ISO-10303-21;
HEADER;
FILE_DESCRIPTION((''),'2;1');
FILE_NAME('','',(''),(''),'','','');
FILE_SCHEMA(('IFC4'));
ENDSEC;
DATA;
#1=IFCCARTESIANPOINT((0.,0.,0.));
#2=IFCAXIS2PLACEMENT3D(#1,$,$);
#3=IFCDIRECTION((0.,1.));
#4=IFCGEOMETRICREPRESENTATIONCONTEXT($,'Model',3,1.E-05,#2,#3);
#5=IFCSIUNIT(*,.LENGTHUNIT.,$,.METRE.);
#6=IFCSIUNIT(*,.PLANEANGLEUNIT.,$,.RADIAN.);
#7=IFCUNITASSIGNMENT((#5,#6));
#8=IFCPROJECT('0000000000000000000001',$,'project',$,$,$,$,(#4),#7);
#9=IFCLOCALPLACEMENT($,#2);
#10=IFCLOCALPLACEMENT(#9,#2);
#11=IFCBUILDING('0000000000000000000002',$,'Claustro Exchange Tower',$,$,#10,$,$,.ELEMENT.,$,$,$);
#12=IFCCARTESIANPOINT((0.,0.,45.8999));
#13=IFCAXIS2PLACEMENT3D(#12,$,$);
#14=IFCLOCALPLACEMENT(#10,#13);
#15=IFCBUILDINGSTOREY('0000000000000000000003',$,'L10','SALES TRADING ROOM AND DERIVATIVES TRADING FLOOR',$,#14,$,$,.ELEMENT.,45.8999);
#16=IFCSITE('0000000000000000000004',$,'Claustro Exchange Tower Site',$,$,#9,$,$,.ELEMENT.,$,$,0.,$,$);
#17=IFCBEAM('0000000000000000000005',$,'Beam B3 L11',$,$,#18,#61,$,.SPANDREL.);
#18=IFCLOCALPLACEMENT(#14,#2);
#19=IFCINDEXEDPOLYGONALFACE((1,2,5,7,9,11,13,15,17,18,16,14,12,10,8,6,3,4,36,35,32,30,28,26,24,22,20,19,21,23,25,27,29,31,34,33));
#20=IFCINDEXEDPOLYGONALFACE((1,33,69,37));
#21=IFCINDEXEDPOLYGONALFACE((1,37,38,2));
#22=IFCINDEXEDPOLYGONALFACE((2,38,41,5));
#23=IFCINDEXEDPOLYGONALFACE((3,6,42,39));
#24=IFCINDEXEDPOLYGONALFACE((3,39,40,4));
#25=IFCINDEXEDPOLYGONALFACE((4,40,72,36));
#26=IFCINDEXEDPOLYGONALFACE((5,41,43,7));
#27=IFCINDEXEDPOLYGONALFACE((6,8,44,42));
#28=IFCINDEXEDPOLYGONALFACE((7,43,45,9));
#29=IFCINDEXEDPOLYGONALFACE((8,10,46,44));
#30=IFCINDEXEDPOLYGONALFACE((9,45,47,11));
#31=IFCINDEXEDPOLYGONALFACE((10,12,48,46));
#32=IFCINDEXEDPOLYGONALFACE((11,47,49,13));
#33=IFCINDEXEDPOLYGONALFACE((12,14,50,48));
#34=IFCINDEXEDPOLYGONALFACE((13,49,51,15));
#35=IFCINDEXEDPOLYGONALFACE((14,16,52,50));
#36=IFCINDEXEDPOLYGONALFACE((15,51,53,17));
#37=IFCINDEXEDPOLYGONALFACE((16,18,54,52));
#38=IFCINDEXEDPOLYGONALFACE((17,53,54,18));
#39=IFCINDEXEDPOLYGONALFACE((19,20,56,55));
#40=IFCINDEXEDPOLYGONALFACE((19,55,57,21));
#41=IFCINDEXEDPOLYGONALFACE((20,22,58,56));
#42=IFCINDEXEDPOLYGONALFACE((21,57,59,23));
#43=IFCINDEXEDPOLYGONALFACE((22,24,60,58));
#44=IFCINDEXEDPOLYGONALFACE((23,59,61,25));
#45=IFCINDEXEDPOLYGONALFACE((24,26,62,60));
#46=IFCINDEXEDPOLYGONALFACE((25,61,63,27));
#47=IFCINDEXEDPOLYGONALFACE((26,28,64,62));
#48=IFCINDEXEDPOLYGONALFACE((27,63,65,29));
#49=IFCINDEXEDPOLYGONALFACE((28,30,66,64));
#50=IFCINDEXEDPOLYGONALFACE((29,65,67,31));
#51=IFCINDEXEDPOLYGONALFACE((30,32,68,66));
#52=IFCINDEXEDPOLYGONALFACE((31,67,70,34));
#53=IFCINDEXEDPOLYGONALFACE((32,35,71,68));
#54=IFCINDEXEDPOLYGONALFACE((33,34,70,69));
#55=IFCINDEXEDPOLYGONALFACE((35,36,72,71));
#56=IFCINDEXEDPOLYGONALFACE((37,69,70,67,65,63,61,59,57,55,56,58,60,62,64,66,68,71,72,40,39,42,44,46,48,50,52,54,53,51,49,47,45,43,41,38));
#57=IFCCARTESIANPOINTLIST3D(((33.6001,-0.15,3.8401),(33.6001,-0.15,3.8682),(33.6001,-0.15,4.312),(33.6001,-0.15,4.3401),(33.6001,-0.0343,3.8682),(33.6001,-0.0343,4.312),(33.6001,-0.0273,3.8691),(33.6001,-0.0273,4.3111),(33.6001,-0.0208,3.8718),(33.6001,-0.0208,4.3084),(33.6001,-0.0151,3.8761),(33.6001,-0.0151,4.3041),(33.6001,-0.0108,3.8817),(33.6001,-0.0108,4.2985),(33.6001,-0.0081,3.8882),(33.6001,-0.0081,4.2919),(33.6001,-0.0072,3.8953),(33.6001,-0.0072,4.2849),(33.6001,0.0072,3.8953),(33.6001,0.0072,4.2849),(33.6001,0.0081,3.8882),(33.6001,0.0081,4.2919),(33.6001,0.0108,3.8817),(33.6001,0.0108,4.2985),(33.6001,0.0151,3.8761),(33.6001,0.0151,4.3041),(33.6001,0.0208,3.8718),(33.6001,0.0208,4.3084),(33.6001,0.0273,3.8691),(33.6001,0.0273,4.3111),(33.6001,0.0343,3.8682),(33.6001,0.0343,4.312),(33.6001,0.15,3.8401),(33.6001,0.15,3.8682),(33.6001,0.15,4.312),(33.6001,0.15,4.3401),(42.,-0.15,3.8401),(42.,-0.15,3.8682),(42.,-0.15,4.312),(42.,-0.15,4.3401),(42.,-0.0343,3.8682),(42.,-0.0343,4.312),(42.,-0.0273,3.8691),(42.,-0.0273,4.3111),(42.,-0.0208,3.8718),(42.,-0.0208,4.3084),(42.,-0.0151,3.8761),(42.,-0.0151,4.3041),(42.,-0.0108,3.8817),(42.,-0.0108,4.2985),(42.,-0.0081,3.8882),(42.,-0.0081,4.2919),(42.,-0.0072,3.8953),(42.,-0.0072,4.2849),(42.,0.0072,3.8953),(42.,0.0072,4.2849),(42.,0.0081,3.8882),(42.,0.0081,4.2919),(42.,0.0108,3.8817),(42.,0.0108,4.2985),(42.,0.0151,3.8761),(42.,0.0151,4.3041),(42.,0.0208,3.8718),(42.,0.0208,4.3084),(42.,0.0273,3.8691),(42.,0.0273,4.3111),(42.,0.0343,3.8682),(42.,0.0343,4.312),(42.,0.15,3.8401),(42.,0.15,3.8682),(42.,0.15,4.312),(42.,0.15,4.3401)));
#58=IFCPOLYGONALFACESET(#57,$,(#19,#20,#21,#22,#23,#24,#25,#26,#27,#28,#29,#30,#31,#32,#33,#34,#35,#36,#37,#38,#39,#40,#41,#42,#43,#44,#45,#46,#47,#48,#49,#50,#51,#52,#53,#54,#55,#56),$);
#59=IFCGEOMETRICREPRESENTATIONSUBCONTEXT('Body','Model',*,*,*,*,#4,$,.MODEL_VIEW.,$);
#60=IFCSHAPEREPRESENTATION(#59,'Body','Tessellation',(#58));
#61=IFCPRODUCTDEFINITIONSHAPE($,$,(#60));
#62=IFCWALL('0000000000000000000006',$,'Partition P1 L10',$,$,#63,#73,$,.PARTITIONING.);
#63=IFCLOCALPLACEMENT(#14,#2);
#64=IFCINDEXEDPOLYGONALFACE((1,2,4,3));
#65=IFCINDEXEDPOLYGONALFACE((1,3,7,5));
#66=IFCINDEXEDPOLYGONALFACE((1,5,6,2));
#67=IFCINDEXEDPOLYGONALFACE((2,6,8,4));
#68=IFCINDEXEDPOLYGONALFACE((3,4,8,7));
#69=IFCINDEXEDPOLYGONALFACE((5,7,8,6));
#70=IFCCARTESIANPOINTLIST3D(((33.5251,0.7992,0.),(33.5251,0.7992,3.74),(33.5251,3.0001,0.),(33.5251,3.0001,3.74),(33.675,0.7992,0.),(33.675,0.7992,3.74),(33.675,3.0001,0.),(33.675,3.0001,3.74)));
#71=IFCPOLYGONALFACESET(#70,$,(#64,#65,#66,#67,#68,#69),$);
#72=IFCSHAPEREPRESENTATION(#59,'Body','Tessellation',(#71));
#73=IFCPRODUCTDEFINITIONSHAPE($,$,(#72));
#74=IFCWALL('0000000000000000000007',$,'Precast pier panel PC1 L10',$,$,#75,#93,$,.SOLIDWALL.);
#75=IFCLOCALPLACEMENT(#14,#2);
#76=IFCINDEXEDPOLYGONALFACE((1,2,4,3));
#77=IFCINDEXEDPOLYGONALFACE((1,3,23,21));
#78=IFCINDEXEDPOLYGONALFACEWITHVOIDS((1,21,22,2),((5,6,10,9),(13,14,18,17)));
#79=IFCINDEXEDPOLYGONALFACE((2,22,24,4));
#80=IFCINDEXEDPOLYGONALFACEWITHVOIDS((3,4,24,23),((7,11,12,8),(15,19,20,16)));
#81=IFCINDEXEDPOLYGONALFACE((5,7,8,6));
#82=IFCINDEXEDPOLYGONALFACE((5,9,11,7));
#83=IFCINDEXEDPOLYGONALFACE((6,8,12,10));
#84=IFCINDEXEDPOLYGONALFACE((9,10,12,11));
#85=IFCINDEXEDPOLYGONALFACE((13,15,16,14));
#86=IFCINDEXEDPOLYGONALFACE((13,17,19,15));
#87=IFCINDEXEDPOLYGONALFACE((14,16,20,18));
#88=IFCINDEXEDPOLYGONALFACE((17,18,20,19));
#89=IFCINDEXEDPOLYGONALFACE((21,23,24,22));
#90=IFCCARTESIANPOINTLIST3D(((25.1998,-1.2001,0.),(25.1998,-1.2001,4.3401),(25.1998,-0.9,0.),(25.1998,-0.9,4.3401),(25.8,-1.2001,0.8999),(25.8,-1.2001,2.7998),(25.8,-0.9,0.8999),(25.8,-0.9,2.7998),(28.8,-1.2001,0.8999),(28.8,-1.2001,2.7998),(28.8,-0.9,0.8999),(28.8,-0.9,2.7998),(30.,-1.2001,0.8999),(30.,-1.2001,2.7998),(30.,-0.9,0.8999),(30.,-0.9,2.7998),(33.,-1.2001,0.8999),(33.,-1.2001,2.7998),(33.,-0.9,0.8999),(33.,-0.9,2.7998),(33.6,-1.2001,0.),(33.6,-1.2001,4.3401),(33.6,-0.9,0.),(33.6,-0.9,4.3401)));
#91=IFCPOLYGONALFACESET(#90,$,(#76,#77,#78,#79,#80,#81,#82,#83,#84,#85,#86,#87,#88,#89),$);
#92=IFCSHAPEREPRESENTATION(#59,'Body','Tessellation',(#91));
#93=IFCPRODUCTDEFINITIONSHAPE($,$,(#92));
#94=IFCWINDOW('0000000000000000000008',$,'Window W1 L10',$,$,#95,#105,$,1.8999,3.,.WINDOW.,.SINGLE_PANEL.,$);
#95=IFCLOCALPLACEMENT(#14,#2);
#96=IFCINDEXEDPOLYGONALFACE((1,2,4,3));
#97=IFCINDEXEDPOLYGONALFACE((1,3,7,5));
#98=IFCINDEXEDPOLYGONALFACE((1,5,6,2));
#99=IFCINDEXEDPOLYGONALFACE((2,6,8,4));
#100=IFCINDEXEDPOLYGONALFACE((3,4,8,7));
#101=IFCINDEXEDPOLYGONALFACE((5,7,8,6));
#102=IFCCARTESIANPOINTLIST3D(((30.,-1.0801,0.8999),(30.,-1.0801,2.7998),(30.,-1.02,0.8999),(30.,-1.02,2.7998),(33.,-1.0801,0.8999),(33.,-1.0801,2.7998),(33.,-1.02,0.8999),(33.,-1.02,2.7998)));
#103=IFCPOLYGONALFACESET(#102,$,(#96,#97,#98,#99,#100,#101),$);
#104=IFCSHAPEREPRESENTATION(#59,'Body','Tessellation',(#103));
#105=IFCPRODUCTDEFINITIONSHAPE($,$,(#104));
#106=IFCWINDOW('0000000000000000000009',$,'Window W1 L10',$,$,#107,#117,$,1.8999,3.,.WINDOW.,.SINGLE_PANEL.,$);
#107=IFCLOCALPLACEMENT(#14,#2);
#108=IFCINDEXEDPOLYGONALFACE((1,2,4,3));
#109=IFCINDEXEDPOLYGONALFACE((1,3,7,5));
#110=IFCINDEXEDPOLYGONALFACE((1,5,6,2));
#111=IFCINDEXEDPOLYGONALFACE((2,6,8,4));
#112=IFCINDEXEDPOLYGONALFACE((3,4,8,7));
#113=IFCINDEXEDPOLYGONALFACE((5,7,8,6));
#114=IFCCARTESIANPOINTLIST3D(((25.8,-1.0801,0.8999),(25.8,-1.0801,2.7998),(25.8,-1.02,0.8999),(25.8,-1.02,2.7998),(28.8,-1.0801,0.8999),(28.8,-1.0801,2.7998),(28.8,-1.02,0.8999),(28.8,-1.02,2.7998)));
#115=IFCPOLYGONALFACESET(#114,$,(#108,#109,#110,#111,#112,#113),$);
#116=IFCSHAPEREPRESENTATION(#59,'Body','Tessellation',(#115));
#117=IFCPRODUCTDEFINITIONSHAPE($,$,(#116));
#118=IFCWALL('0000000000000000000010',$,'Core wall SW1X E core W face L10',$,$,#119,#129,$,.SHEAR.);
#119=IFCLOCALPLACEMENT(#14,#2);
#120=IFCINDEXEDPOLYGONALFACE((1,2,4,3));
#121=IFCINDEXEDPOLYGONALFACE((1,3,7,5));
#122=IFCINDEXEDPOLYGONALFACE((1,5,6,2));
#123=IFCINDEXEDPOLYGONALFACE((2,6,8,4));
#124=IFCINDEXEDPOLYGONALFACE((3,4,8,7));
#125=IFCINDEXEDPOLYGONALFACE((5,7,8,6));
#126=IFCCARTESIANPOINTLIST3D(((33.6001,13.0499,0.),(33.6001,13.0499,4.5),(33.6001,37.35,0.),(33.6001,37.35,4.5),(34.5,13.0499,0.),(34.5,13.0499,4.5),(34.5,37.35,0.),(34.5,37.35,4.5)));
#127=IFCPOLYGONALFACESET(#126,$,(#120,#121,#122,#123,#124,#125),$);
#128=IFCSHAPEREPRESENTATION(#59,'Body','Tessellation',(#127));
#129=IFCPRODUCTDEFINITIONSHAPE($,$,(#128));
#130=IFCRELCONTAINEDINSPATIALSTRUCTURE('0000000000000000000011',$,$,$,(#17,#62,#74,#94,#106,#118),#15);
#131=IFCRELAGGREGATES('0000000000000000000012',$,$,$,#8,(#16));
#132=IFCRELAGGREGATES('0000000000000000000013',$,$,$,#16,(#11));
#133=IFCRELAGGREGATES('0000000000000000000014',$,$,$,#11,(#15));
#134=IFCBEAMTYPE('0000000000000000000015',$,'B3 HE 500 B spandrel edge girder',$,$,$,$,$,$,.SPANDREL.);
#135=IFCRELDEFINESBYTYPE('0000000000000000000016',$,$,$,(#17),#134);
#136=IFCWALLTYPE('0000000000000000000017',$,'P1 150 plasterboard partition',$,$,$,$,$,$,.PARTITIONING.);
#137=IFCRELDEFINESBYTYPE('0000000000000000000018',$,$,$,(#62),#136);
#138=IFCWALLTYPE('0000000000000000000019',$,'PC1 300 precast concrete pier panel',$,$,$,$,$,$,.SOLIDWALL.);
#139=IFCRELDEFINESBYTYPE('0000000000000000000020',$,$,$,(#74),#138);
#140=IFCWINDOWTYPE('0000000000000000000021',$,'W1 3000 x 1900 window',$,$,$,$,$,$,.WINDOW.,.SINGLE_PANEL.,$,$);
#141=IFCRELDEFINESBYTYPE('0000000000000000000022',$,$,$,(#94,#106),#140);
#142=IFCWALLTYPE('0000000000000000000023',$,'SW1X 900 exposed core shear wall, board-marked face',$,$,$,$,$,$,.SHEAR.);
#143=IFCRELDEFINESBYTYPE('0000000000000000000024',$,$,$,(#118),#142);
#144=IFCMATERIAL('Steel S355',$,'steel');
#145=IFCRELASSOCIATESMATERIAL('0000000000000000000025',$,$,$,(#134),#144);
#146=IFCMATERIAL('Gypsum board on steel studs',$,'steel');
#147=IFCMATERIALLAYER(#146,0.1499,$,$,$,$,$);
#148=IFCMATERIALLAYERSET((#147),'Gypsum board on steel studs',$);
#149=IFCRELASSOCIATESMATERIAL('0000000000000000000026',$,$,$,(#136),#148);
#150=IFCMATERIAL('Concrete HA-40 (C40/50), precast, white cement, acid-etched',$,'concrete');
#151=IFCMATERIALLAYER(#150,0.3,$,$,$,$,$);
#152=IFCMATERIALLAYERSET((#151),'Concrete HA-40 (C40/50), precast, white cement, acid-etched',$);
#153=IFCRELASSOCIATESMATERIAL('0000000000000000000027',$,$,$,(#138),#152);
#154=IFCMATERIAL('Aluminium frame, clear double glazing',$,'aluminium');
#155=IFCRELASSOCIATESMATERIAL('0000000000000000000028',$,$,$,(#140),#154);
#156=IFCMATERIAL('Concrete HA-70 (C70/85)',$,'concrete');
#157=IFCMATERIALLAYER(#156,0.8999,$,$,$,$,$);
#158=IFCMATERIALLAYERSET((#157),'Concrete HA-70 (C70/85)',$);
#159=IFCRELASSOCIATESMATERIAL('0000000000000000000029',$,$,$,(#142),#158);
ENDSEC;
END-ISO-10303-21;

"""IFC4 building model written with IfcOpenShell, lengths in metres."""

from ifc_helpers import new_model, si_unit, direction, frame, frame_2d, origin, origin_2d, place, context, subcontext, project, spatial, rectangle, i_section, extrude, material, layer, layer_set, material_profile, profile_set, type_object, element, fill, save


model = new_model("IFC4")

# Units and contexts
model_context = context("Model", 3, precision=1e-05, world=origin(), true_north=direction((0.0, 1.0)))
body_context = subcontext(model_context, "Body", "Model", "MODEL_VIEW")
ifc_project = project(units=[si_unit("LENGTHUNIT", "METRE"), si_unit("PLANEANGLEUNIT", "RADIAN")], contexts=[model_context])

# Site, building, storey
site_placement = place(None, origin())
site = spatial("IfcSite", under=ifc_project, at=site_placement, Name="Claustro Exchange Tower Site", CompositionType="ELEMENT", RefElevation=0.0)
building_placement = place(site_placement, origin())
building = spatial("IfcBuilding", under=site, at=building_placement, Name="Claustro Exchange Tower", CompositionType="ELEMENT")
storey_placement = place(building_placement, frame((0.0, 0.0, 45.8999)))
storey = spatial("IfcBuildingStorey", under=building, at=storey_placement, Name="L10", Description="SALES TRADING ROOM AND DERIVATIVES TRADING FLOOR", CompositionType="ELEMENT", Elevation=45.8999)

# Beam
ifc_material_1 = material(Name="Steel S355", Category="steel")
ifc_material_profile_1 = material_profile(ifc_material_1, i_section(OverallWidth=0.3, OverallDepth=0.5, WebThickness=0.0144, FlangeThickness=0.0281, FilletRadius=0.0271, at=origin_2d()), Name="HE 500 B")
ifc_profile_set_1 = profile_set([ifc_material_profile_1], Name="Steel S355")
beam_type_1 = type_object("IfcBeamType", Name="B3 HE 500 B spandrel edge girder", PredefinedType="SPANDREL", material=ifc_profile_set_1)
beam_1_placement = place(storey_placement, frame((33.6001, 0.0, 4.0901), z_axis=(1.0, 0.0, 0.0), x_axis=(0.0, 1.0, 0.0)))
element("IfcBeam", 1, at=beam_1_placement, inside=storey, type_object=beam_type_1, Name="Beam B3 L11", PredefinedType="SPANDREL", context=body_context, shape_type="SweptSolid", body=[
    extrude(i_section(OverallWidth=0.3, OverallDepth=0.5, WebThickness=0.0144, FlangeThickness=0.0281, FilletRadius=0.0271, at=origin_2d()), origin(), (0.0, 0.0, 1.0), 8.3999),
])

# Wall
ifc_material_2 = material(Name="Gypsum board on steel studs", Category="steel")
ifc_layer_1 = layer(ifc_material_2, 0.1499)
ifc_layer_set_1 = layer_set([ifc_layer_1], Name="Gypsum board on steel studs")
wall_type_1 = type_object("IfcWallType", Name="P1 150 plasterboard partition", PredefinedType="PARTITIONING", material=ifc_layer_set_1)
wall_1_placement = place(storey_placement, frame((33.6001, 0.7991, 0.0), z_axis=(0.0, 0.0, 1.0), x_axis=(0.0, 1.0, 0.0)))
element("IfcWall", 2, at=wall_1_placement, inside=storey, type_object=wall_type_1, Name="Partition P1 L10", PredefinedType="PARTITIONING", context=body_context, shape_type="SweptSolid", body=[
    extrude(rectangle(XDim=2.2009, YDim=0.1499, at=frame_2d((1.1006, 0.0))), origin(), (0.0, 0.0, 1.0), 3.74),
])

# Wall, openings, windows
ifc_material_3 = material(Name="Concrete HA-40 (C40/50), precast, white cement, acid-etched", Category="concrete")
ifc_layer_2 = layer(ifc_material_3, 0.3)
ifc_layer_set_2 = layer_set([ifc_layer_2], Name="Concrete HA-40 (C40/50), precast, white cement, acid-etched")
wall_type_2 = type_object("IfcWallType", Name="PC1 300 precast concrete pier panel", PredefinedType="SOLIDWALL", material=ifc_layer_set_2)
wall_2_placement = place(storey_placement, frame((33.6001, -1.05, 0.0), z_axis=(0.0, 0.0, 1.0), x_axis=(-1.0, 0.0, 0.0)))
wall_2 = element("IfcWall", 3, at=wall_2_placement, inside=storey, type_object=wall_type_2, Name="Precast pier panel PC1 L10", PredefinedType="SOLIDWALL", context=body_context, shape_type="SweptSolid", body=[
    extrude(rectangle(XDim=8.4001, YDim=0.3, at=frame_2d((4.2002, 0.0))), origin(), (0.0, 0.0, 1.0), 4.3401),
])
opening_1_placement = place(wall_2_placement, frame((0.6001, 0.0, 0.8999)))
opening_1 = element("IfcOpeningElement", 4, at=opening_1_placement, cuts=wall_2, PredefinedType="OPENING", context=body_context, shape_type="SweptSolid", body=[
    extrude(rectangle(XDim=3.0, YDim=1.8999, at=frame_2d((1.5, 0.95))), frame((0.0, 0.1599, 0.0), z_axis=(0.0, -1.0, 0.0), x_axis=(1.0, 0.0, 0.0)), (0.0, 0.0, 1.0), 0.3201),
])
opening_2_placement = place(wall_2_placement, frame((4.8, 0.0, 0.8999)))
opening_2 = element("IfcOpeningElement", 5, at=opening_2_placement, cuts=wall_2, PredefinedType="OPENING", context=body_context, shape_type="SweptSolid", body=[
    extrude(rectangle(XDim=3.0, YDim=1.8999, at=frame_2d((1.5, 0.95))), frame((0.0, 0.1599, 0.0), z_axis=(0.0, -1.0, 0.0), x_axis=(1.0, 0.0, 0.0)), (0.0, 0.0, 1.0), 0.3201),
])
ifc_material_4 = material(Name="Aluminium frame, clear double glazing", Category="aluminium")
window_type = type_object("IfcWindowType", Name="W1 3000 x 1900 window", PartitioningType="SINGLE_PANEL", PredefinedType="WINDOW", material=ifc_material_4)
window_1_placement = place(opening_1_placement, origin())
window_1 = element("IfcWindow", 6, at=window_1_placement, inside=storey, type_object=window_type, Name="Window W1 L10", OverallHeight=1.8999, OverallWidth=3.0, PartitioningType="SINGLE_PANEL", PredefinedType="WINDOW", context=body_context, shape_type="SweptSolid", body=[
    extrude(rectangle(XDim=3.0, YDim=1.8999, at=frame_2d((1.5, 0.95))), frame((0.0, 0.03, 0.0), z_axis=(0.0, -1.0, 0.0), x_axis=(1.0, 0.0, 0.0)), (0.0, 0.0, 1.0), 0.0601),
])
fill(opening_1, window_1)
window_2_placement = place(opening_2_placement, origin())
window_2 = element("IfcWindow", 7, at=window_2_placement, inside=storey, type_object=window_type, Name="Window W1 L10", OverallHeight=1.8999, OverallWidth=3.0, PartitioningType="SINGLE_PANEL", PredefinedType="WINDOW", context=body_context, shape_type="SweptSolid", body=[
    extrude(rectangle(XDim=3.0, YDim=1.8999, at=frame_2d((1.5, 0.95))), frame((0.0, 0.03, 0.0), z_axis=(0.0, -1.0, 0.0), x_axis=(1.0, 0.0, 0.0)), (0.0, 0.0, 1.0), 0.0601),
])
fill(opening_2, window_2)

# Wall
ifc_material_5 = material(Name="Concrete HA-70 (C70/85)", Category="concrete")
ifc_layer_3 = layer(ifc_material_5, 0.8999)
ifc_layer_set_3 = layer_set([ifc_layer_3], Name="Concrete HA-70 (C70/85)")
wall_type_3 = type_object("IfcWallType", Name="SW1X 900 exposed core shear wall, board-marked face", PredefinedType="SHEAR", material=ifc_layer_set_3)
wall_3_placement = place(storey_placement, frame((34.05, 13.05, 0.0), z_axis=(0.0, 0.0, 1.0), x_axis=(0.0, 1.0, 0.0)))
element("IfcWall", 8, at=wall_3_placement, inside=storey, type_object=wall_type_3, Name="Core wall SW1X E core W face L10", PredefinedType="SHEAR", context=body_context, shape_type="SweptSolid", body=[
    extrude(rectangle(XDim=24.3, YDim=0.8999, at=frame_2d((12.1499, 0.0))), origin(), (0.0, 0.0, 1.0), 4.5),
])

save(model, "model.ifc")
